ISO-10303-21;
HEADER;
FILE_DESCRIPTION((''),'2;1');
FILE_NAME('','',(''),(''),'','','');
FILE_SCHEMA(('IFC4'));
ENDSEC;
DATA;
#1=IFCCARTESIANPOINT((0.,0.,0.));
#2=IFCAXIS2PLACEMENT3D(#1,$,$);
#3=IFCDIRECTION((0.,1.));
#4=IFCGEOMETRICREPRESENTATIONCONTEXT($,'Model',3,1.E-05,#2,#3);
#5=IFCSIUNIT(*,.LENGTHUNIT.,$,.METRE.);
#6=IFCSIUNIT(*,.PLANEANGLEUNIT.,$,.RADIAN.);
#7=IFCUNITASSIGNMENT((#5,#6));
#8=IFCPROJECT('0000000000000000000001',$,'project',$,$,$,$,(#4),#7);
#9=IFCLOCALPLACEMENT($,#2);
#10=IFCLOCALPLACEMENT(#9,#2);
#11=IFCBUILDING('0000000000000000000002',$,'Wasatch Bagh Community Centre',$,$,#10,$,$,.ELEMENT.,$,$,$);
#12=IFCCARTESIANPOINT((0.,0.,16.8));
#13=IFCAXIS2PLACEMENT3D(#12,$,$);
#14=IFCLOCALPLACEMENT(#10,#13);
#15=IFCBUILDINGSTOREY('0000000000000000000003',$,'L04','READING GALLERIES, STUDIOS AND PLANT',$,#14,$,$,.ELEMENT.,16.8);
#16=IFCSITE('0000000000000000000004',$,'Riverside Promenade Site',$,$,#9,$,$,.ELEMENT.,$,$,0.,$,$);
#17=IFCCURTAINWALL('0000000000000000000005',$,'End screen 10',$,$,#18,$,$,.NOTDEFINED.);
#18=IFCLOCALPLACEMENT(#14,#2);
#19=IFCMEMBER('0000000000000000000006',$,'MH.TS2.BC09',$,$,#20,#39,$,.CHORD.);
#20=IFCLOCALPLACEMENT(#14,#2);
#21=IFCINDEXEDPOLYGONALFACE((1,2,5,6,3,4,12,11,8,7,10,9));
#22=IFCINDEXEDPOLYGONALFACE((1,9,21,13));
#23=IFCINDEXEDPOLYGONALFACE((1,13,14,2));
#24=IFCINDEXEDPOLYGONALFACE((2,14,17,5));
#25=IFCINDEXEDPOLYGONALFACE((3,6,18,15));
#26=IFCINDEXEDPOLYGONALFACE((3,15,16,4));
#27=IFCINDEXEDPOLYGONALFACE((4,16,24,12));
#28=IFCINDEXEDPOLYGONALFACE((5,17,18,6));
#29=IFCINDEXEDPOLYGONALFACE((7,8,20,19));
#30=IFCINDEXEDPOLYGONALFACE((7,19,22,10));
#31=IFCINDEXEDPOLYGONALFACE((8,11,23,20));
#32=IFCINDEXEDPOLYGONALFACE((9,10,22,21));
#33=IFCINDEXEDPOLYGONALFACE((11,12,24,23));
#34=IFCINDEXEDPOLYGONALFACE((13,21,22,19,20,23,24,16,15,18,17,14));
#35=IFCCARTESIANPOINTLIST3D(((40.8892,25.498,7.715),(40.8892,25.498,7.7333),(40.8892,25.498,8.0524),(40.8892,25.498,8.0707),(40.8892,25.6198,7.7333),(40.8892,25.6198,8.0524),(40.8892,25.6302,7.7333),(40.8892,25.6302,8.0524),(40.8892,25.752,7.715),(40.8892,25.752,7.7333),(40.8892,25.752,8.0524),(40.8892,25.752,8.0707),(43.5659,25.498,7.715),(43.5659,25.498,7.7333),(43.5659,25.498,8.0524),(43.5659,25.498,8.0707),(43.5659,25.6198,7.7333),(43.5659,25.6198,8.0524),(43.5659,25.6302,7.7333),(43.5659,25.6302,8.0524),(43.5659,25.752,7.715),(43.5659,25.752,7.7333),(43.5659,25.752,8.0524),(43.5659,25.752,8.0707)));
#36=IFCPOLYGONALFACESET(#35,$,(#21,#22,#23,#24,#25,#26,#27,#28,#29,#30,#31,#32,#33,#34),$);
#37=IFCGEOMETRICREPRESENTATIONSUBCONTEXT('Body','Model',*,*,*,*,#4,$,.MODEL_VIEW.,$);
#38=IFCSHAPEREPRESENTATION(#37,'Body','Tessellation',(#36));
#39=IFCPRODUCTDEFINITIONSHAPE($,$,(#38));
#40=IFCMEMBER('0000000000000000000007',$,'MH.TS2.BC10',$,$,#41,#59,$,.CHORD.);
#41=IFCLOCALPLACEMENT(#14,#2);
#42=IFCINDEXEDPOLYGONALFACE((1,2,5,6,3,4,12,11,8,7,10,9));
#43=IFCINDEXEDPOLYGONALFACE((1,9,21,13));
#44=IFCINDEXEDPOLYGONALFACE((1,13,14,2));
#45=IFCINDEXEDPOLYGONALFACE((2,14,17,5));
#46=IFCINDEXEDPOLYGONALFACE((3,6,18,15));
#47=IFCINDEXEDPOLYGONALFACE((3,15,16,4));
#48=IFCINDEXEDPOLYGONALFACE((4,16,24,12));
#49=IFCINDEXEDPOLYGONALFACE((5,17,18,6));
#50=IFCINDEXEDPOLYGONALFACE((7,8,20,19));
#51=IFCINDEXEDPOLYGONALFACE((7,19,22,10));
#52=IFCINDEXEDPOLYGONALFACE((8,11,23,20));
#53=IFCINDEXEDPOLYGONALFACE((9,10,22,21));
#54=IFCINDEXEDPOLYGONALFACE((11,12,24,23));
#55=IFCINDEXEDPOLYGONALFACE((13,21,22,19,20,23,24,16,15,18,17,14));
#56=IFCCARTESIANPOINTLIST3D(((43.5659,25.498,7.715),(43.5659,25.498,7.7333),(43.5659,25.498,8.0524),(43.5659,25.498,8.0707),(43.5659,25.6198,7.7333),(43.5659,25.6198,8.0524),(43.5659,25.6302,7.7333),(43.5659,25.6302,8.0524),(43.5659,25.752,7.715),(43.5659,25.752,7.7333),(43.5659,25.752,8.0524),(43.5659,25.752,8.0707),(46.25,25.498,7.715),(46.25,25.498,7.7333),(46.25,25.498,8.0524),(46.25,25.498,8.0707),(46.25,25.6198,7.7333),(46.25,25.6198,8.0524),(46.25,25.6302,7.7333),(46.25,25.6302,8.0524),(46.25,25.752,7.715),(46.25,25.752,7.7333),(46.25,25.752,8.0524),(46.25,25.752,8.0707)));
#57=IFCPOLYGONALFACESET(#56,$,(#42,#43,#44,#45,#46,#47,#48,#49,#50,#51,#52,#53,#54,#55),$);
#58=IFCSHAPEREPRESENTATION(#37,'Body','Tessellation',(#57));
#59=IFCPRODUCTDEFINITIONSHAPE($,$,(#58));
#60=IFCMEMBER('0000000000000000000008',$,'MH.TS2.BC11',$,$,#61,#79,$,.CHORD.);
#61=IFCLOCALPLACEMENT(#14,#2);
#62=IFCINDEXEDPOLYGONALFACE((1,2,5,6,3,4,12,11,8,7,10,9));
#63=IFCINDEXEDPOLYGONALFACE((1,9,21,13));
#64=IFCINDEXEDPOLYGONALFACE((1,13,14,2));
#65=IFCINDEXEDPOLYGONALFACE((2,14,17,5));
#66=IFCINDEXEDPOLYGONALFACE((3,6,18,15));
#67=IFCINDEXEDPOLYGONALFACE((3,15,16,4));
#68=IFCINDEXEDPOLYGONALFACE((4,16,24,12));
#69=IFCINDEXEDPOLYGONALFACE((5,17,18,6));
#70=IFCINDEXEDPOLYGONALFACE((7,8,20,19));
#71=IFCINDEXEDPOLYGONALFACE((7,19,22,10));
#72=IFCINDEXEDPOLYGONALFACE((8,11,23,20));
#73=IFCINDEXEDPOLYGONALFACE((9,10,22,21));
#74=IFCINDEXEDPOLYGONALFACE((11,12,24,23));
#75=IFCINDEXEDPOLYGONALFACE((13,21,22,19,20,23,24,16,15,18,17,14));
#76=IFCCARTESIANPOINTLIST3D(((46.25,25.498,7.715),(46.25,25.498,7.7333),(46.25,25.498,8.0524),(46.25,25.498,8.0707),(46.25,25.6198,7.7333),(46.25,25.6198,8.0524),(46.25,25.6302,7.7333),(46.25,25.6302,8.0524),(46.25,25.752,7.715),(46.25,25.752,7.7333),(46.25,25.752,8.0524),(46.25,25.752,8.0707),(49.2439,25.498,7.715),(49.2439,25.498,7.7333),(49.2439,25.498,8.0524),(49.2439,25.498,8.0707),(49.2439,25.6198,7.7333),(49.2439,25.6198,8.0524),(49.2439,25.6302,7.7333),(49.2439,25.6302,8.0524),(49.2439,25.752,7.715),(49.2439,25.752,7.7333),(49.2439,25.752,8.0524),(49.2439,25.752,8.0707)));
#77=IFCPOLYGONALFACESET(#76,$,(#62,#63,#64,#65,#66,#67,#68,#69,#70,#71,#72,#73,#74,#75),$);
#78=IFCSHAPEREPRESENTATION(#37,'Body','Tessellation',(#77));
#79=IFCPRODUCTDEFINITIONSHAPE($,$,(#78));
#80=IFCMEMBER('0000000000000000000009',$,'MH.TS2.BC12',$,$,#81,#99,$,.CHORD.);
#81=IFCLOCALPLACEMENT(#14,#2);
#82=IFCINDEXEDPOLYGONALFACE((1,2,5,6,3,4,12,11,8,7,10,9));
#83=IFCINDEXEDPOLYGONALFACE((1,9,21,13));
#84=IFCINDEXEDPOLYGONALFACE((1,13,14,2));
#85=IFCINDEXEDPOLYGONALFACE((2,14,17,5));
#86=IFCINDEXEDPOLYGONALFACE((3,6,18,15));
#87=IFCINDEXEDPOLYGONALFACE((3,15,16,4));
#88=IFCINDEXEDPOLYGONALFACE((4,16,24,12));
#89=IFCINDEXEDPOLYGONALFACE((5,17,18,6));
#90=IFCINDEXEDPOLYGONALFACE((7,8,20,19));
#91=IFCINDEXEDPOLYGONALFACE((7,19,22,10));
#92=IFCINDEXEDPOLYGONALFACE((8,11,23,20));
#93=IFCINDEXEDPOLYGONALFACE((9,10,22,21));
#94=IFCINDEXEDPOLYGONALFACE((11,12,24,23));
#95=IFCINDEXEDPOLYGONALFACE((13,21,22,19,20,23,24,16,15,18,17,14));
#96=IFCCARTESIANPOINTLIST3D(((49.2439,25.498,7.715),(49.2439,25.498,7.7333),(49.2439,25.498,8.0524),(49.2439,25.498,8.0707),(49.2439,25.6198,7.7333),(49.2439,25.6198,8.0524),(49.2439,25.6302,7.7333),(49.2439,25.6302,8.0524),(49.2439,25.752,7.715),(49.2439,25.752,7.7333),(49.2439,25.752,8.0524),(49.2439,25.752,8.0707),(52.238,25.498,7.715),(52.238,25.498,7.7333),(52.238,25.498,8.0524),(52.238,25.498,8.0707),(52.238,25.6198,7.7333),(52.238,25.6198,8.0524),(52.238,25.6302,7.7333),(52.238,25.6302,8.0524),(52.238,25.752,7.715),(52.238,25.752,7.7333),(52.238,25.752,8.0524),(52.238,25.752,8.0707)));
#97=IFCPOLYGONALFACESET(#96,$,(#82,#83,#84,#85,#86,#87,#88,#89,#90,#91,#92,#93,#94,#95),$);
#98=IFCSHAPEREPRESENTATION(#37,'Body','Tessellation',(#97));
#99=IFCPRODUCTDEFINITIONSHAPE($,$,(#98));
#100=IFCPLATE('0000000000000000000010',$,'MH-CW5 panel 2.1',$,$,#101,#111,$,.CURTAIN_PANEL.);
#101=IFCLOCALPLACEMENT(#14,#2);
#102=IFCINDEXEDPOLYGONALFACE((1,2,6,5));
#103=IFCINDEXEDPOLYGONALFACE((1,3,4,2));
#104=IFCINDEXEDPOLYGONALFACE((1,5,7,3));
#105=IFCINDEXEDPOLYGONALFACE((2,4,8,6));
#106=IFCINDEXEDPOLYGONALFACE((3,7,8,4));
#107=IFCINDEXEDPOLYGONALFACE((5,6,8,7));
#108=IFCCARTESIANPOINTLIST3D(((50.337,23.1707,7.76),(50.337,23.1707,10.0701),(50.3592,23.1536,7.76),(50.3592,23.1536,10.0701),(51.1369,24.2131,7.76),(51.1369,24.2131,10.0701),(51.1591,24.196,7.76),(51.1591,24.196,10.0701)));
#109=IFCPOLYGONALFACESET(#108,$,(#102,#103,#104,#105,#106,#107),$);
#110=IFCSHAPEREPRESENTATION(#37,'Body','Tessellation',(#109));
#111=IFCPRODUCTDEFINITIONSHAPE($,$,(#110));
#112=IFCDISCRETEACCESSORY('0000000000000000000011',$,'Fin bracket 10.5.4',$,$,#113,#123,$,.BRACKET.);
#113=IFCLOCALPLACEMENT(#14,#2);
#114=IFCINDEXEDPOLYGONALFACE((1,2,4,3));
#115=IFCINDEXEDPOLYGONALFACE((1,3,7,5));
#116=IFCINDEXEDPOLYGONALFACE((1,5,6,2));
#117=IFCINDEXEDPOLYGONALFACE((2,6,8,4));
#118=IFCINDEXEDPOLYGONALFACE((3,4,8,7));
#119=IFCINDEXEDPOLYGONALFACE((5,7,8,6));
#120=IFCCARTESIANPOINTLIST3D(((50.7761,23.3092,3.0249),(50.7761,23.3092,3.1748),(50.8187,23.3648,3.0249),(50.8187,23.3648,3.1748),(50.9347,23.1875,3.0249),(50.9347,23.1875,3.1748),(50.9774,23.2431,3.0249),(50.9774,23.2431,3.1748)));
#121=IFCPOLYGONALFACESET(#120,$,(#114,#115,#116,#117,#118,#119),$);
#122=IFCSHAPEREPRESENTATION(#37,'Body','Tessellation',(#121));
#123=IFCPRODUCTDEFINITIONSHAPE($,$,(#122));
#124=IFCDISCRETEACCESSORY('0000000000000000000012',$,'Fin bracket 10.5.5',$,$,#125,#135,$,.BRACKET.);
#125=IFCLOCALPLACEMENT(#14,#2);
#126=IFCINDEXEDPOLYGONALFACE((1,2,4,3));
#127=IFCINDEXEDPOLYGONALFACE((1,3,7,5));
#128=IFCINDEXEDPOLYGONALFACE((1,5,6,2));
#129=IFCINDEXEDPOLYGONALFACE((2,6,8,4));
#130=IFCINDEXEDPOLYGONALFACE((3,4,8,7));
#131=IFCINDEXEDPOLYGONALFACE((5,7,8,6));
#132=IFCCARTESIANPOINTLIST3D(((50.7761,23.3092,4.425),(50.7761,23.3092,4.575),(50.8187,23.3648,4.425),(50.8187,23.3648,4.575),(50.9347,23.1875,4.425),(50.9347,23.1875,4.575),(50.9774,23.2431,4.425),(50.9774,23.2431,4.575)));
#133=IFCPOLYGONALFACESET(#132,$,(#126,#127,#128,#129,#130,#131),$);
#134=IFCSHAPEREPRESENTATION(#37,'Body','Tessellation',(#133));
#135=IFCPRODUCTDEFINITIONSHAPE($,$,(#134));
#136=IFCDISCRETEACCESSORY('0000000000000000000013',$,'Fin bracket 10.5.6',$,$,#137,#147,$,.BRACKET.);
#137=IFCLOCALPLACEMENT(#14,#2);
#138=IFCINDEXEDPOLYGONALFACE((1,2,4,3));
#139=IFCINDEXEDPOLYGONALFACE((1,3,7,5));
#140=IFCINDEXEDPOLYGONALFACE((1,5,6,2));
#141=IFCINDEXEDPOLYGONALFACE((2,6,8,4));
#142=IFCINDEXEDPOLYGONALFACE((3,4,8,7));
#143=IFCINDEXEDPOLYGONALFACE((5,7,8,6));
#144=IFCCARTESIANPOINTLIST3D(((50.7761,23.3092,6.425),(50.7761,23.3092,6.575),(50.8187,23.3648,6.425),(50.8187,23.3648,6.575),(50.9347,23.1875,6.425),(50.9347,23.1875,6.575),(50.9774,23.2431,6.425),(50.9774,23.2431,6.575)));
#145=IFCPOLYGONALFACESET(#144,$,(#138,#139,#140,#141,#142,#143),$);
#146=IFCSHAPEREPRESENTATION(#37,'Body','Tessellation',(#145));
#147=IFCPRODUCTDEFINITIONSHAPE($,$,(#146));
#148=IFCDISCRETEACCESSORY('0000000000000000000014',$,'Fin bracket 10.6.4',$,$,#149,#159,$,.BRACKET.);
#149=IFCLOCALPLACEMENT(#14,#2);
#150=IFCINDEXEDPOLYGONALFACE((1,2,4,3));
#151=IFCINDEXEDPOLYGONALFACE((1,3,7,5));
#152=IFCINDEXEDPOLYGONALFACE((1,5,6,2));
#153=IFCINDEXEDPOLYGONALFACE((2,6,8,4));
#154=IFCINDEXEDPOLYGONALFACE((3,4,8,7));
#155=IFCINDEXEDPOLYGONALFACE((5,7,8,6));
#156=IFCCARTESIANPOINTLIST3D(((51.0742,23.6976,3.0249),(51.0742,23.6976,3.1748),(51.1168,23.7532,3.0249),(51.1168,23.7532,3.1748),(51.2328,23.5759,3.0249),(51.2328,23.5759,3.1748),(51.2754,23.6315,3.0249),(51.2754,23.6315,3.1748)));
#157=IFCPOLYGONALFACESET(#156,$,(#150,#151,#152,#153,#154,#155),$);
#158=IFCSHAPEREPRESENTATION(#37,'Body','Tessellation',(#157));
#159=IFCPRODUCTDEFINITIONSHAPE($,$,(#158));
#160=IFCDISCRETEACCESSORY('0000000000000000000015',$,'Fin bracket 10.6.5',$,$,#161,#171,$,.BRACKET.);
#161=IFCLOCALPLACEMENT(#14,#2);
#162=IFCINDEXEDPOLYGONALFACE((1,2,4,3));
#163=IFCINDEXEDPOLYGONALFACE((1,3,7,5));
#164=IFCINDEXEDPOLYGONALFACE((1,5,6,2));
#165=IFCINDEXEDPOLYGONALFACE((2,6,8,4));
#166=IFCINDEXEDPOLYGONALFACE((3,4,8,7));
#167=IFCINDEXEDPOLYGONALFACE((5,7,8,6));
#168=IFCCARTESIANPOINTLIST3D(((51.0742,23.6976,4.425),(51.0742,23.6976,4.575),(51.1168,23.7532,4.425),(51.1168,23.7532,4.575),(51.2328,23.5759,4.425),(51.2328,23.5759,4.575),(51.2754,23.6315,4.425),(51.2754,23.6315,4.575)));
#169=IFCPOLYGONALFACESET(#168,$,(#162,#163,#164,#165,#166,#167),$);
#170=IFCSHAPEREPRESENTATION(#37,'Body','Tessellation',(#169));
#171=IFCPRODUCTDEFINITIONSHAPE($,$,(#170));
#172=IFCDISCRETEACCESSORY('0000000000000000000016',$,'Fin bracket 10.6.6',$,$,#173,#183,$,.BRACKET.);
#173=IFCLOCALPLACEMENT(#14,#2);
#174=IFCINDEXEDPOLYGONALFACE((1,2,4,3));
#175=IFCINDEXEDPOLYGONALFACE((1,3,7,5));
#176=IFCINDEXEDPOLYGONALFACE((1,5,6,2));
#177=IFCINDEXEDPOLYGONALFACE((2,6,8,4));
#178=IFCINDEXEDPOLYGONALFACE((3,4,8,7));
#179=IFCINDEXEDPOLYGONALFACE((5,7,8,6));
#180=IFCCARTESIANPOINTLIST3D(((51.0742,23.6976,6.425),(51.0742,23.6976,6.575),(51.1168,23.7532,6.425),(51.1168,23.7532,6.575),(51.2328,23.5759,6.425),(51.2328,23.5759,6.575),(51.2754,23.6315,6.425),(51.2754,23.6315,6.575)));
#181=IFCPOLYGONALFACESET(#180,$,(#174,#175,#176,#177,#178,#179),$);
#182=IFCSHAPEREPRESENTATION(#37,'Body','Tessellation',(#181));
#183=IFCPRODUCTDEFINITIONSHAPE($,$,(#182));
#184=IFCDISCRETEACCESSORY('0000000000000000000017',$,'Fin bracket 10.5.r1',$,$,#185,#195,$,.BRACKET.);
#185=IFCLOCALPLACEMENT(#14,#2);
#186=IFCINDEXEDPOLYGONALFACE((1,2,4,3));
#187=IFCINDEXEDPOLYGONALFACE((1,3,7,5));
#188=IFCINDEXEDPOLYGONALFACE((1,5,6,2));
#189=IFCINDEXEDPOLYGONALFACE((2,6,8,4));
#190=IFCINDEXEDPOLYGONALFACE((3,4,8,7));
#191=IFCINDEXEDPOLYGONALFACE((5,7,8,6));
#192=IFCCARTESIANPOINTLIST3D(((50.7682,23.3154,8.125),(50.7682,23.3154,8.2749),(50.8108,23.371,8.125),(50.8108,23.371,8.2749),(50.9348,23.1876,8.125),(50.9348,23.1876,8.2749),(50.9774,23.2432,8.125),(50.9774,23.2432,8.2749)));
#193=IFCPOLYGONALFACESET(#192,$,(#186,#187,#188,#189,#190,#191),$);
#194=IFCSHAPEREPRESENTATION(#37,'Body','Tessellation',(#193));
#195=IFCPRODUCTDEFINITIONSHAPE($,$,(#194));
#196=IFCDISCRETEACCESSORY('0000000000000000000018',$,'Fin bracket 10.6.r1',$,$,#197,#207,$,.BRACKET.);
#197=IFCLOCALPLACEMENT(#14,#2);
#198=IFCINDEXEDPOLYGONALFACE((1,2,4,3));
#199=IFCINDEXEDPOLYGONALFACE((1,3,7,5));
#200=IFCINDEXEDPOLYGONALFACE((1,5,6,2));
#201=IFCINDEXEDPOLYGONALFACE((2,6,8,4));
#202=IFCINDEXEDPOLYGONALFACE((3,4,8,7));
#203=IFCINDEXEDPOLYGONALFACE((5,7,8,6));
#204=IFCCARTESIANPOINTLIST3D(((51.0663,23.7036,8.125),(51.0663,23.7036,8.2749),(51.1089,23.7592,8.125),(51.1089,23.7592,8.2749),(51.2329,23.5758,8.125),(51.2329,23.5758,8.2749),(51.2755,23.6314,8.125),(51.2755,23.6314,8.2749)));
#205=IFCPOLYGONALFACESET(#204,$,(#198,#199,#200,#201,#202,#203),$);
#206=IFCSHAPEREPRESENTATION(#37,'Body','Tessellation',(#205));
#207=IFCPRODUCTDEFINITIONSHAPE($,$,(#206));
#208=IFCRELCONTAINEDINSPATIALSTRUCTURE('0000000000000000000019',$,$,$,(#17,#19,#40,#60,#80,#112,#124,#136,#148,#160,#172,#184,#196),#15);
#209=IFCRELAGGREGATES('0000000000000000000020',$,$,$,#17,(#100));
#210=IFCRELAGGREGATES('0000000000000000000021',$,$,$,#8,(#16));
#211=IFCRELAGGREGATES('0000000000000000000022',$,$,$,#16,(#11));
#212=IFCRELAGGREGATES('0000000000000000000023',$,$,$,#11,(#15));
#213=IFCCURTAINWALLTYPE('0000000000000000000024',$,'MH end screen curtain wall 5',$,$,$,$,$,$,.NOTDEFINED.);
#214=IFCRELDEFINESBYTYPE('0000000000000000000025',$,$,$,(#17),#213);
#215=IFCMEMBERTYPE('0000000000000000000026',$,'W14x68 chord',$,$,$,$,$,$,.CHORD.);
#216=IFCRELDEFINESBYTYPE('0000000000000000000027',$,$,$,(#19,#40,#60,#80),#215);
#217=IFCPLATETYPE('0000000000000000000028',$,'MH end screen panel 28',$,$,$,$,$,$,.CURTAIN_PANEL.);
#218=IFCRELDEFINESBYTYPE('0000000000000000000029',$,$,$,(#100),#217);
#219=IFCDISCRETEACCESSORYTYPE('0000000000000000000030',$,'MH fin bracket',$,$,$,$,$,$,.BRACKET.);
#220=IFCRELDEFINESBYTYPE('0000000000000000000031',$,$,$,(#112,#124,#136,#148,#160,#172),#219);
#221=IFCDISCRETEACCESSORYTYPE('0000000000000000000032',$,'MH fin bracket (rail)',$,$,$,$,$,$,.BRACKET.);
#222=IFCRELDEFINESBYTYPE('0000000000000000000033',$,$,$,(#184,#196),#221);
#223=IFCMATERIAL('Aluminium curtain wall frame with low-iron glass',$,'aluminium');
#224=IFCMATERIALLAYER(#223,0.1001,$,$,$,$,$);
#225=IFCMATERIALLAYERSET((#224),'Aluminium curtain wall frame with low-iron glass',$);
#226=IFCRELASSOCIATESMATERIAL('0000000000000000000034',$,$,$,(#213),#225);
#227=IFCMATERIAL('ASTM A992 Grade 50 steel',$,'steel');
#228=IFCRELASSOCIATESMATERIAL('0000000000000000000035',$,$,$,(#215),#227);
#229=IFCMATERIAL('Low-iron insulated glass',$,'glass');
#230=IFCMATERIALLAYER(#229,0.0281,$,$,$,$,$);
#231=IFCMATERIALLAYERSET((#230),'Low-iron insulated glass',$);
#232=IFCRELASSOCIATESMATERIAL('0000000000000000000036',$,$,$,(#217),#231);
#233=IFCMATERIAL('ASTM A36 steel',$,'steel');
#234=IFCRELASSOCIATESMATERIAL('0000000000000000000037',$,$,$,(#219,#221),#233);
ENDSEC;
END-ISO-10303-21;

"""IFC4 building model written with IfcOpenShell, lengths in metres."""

from ifc_helpers import new_model, si_unit, direction, frame, origin, origin_2d, place, context, subcontext, project, spatial, rectangle, i_section, extrude, material, layer, layer_set, material_profile, profile_set, type_object, element, aggregate, save


model = new_model("IFC4")

# Units and contexts
model_context = context("Model", 3, precision=1e-05, world=origin(), true_north=direction((0.0, 1.0)))
body_context = subcontext(model_context, "Body", "Model", "MODEL_VIEW")
ifc_project = project(units=[si_unit("LENGTHUNIT", "METRE"), si_unit("PLANEANGLEUNIT", "RADIAN")], contexts=[model_context])

# Site, building, storey
site_placement = place(None, origin())
site = spatial("IfcSite", under=ifc_project, at=site_placement, Name="Riverside Promenade Site", CompositionType="ELEMENT", RefElevation=0.0)
building_placement = place(site_placement, origin())
building = spatial("IfcBuilding", under=site, at=building_placement, Name="Wasatch Bagh Community Centre", CompositionType="ELEMENT")
storey_placement = place(building_placement, frame((0.0, 0.0, 16.8)))
storey = spatial("IfcBuildingStorey", under=building, at=storey_placement, Name="L04", Description="READING GALLERIES, STUDIOS AND PLANT", CompositionType="ELEMENT", Elevation=16.8)

# Curtain wall
ifc_material_1 = material(Name="Aluminium curtain wall frame with low-iron glass", Category="aluminium")
ifc_layer_1 = layer(ifc_material_1, 0.1001)
ifc_layer_set_1 = layer_set([ifc_layer_1], Name="Aluminium curtain wall frame with low-iron glass")
curtain_wall_type = type_object("IfcCurtainWallType", Name="MH end screen curtain wall 5", PredefinedType="NOTDEFINED", material=ifc_layer_set_1)
curtain_wall_placement = place(storey_placement, origin())
curtain_wall = element("IfcCurtainWall", 1, at=curtain_wall_placement, inside=storey, type_object=curtain_wall_type, Name="End screen 10", PredefinedType="NOTDEFINED")

# Members
ifc_material_2 = material(Name="ASTM A992 Grade 50 steel", Category="steel")
ifc_material_profile_1 = material_profile(ifc_material_2, i_section(OverallWidth=0.2539, OverallDepth=0.3557, WebThickness=0.0105, FlangeThickness=0.0183, at=origin_2d()), Name="W14x68")
ifc_profile_set_1 = profile_set([ifc_material_profile_1], Name="ASTM A992 Grade 50 steel")
member_type_1 = type_object("IfcMemberType", Name="W14x68 chord", PredefinedType="CHORD", material=ifc_profile_set_1)
member_1_placement = place(storey_placement, frame((40.8892, 25.625, 7.8928), z_axis=(1.0, 0.0, 0.0), x_axis=(0.0, 1.0, 0.0)))
element("IfcMember", 2, at=member_1_placement, inside=storey, type_object=member_type_1, Name="MH.TS2.BC09", PredefinedType="CHORD", context=body_context, shape_type="SweptSolid", body=[
    extrude(i_section(OverallWidth=0.2539, OverallDepth=0.3557, WebThickness=0.0105, FlangeThickness=0.0183, at=origin_2d()), origin(), (0.0, 0.0, 1.0), 2.6768),
])
member_2_placement = place(storey_placement, frame((43.5659, 25.625, 7.8928), z_axis=(1.0, 0.0, 0.0), x_axis=(0.0, 1.0, 0.0)))
element("IfcMember", 3, at=member_2_placement, inside=storey, type_object=member_type_1, Name="MH.TS2.BC10", PredefinedType="CHORD", context=body_context, shape_type="SweptSolid", body=[
    extrude(i_section(OverallWidth=0.2539, OverallDepth=0.3557, WebThickness=0.0105, FlangeThickness=0.0183, at=origin_2d()), origin(), (0.0, 0.0, 1.0), 2.6841),
])
member_3_placement = place(storey_placement, frame((46.25, 25.625, 7.8928), z_axis=(1.0, 0.0, 0.0), x_axis=(0.0, 1.0, 0.0)))
element("IfcMember", 4, at=member_3_placement, inside=storey, type_object=member_type_1, Name="MH.TS2.BC11", PredefinedType="CHORD", context=body_context, shape_type="SweptSolid", body=[
    extrude(i_section(OverallWidth=0.2539, OverallDepth=0.3557, WebThickness=0.0105, FlangeThickness=0.0183, at=origin_2d()), origin(), (0.0, 0.0, 1.0), 2.9939),
])
member_4_placement = place(storey_placement, frame((49.2439, 25.625, 7.8928), z_axis=(1.0, 0.0, 0.0), x_axis=(0.0, 1.0, 0.0)))
element("IfcMember", 5, at=member_4_placement, inside=storey, type_object=member_type_1, Name="MH.TS2.BC12", PredefinedType="CHORD", context=body_context, shape_type="SweptSolid", body=[
    extrude(i_section(OverallWidth=0.2539, OverallDepth=0.3557, WebThickness=0.0105, FlangeThickness=0.0183, at=origin_2d()), origin(), (0.0, 0.0, 1.0), 2.9941),
])

# Plate
ifc_material_3 = material(Name="Low-iron insulated glass", Category="glass")
ifc_layer_2 = layer(ifc_material_3, 0.0281)
ifc_layer_set_2 = layer_set([ifc_layer_2], Name="Low-iron insulated glass")
plate_type = type_object("IfcPlateType", Name="MH end screen panel 28", PredefinedType="CURTAIN_PANEL", material=ifc_layer_set_2)
plate_placement = place(storey_placement, frame((50.748, 23.6833, 7.76), z_axis=(0.0, 0.0, 1.0), x_axis=(0.608761, 0.793353, 0.0)))
plate = element("IfcPlate", 6, at=plate_placement, type_object=plate_type, Name="MH-CW5 panel 2.1", PredefinedType="CURTAIN_PANEL", context=body_context, shape_type="SweptSolid", body=[
    extrude(rectangle(XDim=1.314, YDim=0.0281, at=origin_2d()), origin(), (0.0, 0.0, 1.0), 2.3101),
])
aggregate(curtain_wall, [plate])

# Discrete accessories
ifc_material_4 = material(Name="ASTM A36 steel", Category="steel")
discrete_accessory_type_1 = type_object("IfcDiscreteAccessoryType", Name="MH fin bracket", PredefinedType="BRACKET", material=ifc_material_4)
for number, where, z_axis, x_axis, name in (
    (7, (50.8767, 23.2761, 3.0249), (0.0, 0.0, 1.0), (0.608761, 0.793353, 0.0), "Fin bracket 10.5.4"),
    (8, (50.8767, 23.2761, 4.425), (0.0, 0.0, 1.0), (0.608761, 0.793353, 0.0), "Fin bracket 10.5.5"),
    (9, (50.8767, 23.2761, 6.425), (0.0, 0.0, 1.0), (0.608761, 0.793353, 0.0), "Fin bracket 10.5.6"),
    (10, (51.1748, 23.6646, 3.0249), (0.0, 0.0, 1.0), (0.608761, 0.793353, 0.0), "Fin bracket 10.6.4"),
    (11, (51.1748, 23.6646, 4.425), (0.0, 0.0, 1.0), (0.608761, 0.793353, 0.0), "Fin bracket 10.6.5"),
    (12, (51.1748, 23.6646, 6.425), (0.0, 0.0, 1.0), (0.608761, 0.793353, 0.0), "Fin bracket 10.6.6"),
):
    element("IfcDiscreteAccessory", number, at=place(storey_placement, frame(where, z_axis=z_axis, x_axis=x_axis)), inside=storey, type_object=discrete_accessory_type_1, Name=name, PredefinedType="BRACKET", context=body_context, shape_type="SweptSolid", body=[
        extrude(rectangle(XDim=0.0701, YDim=0.2, at=origin_2d()), origin(), (0.0, 0.0, 1.0), 0.1499),
    ])
discrete_accessory_type_2 = type_object("IfcDiscreteAccessoryType", Name="MH fin bracket (rail)", PredefinedType="BRACKET", material=ifc_material_4)
for number, where, z_axis, x_axis, name in (
    (13, (50.8728, 23.2793, 8.125), (0.0, 0.0, 1.0), (0.608761, 0.793353, 0.0), "Fin bracket 10.5.r1"),
    (14, (51.1709, 23.6675, 8.125), (0.0, 0.0, 1.0), (0.608761, 0.793353, 0.0), "Fin bracket 10.6.r1"),
):
    element("IfcDiscreteAccessory", number, at=place(storey_placement, frame(where, z_axis=z_axis, x_axis=x_axis)), inside=storey, type_object=discrete_accessory_type_2, Name=name, PredefinedType="BRACKET", context=body_context, shape_type="SweptSolid", body=[
        extrude(rectangle(XDim=0.0701, YDim=0.21, at=origin_2d()), origin(), (0.0, 0.0, 1.0), 0.1499),
    ])

save(model, "model.ifc")
